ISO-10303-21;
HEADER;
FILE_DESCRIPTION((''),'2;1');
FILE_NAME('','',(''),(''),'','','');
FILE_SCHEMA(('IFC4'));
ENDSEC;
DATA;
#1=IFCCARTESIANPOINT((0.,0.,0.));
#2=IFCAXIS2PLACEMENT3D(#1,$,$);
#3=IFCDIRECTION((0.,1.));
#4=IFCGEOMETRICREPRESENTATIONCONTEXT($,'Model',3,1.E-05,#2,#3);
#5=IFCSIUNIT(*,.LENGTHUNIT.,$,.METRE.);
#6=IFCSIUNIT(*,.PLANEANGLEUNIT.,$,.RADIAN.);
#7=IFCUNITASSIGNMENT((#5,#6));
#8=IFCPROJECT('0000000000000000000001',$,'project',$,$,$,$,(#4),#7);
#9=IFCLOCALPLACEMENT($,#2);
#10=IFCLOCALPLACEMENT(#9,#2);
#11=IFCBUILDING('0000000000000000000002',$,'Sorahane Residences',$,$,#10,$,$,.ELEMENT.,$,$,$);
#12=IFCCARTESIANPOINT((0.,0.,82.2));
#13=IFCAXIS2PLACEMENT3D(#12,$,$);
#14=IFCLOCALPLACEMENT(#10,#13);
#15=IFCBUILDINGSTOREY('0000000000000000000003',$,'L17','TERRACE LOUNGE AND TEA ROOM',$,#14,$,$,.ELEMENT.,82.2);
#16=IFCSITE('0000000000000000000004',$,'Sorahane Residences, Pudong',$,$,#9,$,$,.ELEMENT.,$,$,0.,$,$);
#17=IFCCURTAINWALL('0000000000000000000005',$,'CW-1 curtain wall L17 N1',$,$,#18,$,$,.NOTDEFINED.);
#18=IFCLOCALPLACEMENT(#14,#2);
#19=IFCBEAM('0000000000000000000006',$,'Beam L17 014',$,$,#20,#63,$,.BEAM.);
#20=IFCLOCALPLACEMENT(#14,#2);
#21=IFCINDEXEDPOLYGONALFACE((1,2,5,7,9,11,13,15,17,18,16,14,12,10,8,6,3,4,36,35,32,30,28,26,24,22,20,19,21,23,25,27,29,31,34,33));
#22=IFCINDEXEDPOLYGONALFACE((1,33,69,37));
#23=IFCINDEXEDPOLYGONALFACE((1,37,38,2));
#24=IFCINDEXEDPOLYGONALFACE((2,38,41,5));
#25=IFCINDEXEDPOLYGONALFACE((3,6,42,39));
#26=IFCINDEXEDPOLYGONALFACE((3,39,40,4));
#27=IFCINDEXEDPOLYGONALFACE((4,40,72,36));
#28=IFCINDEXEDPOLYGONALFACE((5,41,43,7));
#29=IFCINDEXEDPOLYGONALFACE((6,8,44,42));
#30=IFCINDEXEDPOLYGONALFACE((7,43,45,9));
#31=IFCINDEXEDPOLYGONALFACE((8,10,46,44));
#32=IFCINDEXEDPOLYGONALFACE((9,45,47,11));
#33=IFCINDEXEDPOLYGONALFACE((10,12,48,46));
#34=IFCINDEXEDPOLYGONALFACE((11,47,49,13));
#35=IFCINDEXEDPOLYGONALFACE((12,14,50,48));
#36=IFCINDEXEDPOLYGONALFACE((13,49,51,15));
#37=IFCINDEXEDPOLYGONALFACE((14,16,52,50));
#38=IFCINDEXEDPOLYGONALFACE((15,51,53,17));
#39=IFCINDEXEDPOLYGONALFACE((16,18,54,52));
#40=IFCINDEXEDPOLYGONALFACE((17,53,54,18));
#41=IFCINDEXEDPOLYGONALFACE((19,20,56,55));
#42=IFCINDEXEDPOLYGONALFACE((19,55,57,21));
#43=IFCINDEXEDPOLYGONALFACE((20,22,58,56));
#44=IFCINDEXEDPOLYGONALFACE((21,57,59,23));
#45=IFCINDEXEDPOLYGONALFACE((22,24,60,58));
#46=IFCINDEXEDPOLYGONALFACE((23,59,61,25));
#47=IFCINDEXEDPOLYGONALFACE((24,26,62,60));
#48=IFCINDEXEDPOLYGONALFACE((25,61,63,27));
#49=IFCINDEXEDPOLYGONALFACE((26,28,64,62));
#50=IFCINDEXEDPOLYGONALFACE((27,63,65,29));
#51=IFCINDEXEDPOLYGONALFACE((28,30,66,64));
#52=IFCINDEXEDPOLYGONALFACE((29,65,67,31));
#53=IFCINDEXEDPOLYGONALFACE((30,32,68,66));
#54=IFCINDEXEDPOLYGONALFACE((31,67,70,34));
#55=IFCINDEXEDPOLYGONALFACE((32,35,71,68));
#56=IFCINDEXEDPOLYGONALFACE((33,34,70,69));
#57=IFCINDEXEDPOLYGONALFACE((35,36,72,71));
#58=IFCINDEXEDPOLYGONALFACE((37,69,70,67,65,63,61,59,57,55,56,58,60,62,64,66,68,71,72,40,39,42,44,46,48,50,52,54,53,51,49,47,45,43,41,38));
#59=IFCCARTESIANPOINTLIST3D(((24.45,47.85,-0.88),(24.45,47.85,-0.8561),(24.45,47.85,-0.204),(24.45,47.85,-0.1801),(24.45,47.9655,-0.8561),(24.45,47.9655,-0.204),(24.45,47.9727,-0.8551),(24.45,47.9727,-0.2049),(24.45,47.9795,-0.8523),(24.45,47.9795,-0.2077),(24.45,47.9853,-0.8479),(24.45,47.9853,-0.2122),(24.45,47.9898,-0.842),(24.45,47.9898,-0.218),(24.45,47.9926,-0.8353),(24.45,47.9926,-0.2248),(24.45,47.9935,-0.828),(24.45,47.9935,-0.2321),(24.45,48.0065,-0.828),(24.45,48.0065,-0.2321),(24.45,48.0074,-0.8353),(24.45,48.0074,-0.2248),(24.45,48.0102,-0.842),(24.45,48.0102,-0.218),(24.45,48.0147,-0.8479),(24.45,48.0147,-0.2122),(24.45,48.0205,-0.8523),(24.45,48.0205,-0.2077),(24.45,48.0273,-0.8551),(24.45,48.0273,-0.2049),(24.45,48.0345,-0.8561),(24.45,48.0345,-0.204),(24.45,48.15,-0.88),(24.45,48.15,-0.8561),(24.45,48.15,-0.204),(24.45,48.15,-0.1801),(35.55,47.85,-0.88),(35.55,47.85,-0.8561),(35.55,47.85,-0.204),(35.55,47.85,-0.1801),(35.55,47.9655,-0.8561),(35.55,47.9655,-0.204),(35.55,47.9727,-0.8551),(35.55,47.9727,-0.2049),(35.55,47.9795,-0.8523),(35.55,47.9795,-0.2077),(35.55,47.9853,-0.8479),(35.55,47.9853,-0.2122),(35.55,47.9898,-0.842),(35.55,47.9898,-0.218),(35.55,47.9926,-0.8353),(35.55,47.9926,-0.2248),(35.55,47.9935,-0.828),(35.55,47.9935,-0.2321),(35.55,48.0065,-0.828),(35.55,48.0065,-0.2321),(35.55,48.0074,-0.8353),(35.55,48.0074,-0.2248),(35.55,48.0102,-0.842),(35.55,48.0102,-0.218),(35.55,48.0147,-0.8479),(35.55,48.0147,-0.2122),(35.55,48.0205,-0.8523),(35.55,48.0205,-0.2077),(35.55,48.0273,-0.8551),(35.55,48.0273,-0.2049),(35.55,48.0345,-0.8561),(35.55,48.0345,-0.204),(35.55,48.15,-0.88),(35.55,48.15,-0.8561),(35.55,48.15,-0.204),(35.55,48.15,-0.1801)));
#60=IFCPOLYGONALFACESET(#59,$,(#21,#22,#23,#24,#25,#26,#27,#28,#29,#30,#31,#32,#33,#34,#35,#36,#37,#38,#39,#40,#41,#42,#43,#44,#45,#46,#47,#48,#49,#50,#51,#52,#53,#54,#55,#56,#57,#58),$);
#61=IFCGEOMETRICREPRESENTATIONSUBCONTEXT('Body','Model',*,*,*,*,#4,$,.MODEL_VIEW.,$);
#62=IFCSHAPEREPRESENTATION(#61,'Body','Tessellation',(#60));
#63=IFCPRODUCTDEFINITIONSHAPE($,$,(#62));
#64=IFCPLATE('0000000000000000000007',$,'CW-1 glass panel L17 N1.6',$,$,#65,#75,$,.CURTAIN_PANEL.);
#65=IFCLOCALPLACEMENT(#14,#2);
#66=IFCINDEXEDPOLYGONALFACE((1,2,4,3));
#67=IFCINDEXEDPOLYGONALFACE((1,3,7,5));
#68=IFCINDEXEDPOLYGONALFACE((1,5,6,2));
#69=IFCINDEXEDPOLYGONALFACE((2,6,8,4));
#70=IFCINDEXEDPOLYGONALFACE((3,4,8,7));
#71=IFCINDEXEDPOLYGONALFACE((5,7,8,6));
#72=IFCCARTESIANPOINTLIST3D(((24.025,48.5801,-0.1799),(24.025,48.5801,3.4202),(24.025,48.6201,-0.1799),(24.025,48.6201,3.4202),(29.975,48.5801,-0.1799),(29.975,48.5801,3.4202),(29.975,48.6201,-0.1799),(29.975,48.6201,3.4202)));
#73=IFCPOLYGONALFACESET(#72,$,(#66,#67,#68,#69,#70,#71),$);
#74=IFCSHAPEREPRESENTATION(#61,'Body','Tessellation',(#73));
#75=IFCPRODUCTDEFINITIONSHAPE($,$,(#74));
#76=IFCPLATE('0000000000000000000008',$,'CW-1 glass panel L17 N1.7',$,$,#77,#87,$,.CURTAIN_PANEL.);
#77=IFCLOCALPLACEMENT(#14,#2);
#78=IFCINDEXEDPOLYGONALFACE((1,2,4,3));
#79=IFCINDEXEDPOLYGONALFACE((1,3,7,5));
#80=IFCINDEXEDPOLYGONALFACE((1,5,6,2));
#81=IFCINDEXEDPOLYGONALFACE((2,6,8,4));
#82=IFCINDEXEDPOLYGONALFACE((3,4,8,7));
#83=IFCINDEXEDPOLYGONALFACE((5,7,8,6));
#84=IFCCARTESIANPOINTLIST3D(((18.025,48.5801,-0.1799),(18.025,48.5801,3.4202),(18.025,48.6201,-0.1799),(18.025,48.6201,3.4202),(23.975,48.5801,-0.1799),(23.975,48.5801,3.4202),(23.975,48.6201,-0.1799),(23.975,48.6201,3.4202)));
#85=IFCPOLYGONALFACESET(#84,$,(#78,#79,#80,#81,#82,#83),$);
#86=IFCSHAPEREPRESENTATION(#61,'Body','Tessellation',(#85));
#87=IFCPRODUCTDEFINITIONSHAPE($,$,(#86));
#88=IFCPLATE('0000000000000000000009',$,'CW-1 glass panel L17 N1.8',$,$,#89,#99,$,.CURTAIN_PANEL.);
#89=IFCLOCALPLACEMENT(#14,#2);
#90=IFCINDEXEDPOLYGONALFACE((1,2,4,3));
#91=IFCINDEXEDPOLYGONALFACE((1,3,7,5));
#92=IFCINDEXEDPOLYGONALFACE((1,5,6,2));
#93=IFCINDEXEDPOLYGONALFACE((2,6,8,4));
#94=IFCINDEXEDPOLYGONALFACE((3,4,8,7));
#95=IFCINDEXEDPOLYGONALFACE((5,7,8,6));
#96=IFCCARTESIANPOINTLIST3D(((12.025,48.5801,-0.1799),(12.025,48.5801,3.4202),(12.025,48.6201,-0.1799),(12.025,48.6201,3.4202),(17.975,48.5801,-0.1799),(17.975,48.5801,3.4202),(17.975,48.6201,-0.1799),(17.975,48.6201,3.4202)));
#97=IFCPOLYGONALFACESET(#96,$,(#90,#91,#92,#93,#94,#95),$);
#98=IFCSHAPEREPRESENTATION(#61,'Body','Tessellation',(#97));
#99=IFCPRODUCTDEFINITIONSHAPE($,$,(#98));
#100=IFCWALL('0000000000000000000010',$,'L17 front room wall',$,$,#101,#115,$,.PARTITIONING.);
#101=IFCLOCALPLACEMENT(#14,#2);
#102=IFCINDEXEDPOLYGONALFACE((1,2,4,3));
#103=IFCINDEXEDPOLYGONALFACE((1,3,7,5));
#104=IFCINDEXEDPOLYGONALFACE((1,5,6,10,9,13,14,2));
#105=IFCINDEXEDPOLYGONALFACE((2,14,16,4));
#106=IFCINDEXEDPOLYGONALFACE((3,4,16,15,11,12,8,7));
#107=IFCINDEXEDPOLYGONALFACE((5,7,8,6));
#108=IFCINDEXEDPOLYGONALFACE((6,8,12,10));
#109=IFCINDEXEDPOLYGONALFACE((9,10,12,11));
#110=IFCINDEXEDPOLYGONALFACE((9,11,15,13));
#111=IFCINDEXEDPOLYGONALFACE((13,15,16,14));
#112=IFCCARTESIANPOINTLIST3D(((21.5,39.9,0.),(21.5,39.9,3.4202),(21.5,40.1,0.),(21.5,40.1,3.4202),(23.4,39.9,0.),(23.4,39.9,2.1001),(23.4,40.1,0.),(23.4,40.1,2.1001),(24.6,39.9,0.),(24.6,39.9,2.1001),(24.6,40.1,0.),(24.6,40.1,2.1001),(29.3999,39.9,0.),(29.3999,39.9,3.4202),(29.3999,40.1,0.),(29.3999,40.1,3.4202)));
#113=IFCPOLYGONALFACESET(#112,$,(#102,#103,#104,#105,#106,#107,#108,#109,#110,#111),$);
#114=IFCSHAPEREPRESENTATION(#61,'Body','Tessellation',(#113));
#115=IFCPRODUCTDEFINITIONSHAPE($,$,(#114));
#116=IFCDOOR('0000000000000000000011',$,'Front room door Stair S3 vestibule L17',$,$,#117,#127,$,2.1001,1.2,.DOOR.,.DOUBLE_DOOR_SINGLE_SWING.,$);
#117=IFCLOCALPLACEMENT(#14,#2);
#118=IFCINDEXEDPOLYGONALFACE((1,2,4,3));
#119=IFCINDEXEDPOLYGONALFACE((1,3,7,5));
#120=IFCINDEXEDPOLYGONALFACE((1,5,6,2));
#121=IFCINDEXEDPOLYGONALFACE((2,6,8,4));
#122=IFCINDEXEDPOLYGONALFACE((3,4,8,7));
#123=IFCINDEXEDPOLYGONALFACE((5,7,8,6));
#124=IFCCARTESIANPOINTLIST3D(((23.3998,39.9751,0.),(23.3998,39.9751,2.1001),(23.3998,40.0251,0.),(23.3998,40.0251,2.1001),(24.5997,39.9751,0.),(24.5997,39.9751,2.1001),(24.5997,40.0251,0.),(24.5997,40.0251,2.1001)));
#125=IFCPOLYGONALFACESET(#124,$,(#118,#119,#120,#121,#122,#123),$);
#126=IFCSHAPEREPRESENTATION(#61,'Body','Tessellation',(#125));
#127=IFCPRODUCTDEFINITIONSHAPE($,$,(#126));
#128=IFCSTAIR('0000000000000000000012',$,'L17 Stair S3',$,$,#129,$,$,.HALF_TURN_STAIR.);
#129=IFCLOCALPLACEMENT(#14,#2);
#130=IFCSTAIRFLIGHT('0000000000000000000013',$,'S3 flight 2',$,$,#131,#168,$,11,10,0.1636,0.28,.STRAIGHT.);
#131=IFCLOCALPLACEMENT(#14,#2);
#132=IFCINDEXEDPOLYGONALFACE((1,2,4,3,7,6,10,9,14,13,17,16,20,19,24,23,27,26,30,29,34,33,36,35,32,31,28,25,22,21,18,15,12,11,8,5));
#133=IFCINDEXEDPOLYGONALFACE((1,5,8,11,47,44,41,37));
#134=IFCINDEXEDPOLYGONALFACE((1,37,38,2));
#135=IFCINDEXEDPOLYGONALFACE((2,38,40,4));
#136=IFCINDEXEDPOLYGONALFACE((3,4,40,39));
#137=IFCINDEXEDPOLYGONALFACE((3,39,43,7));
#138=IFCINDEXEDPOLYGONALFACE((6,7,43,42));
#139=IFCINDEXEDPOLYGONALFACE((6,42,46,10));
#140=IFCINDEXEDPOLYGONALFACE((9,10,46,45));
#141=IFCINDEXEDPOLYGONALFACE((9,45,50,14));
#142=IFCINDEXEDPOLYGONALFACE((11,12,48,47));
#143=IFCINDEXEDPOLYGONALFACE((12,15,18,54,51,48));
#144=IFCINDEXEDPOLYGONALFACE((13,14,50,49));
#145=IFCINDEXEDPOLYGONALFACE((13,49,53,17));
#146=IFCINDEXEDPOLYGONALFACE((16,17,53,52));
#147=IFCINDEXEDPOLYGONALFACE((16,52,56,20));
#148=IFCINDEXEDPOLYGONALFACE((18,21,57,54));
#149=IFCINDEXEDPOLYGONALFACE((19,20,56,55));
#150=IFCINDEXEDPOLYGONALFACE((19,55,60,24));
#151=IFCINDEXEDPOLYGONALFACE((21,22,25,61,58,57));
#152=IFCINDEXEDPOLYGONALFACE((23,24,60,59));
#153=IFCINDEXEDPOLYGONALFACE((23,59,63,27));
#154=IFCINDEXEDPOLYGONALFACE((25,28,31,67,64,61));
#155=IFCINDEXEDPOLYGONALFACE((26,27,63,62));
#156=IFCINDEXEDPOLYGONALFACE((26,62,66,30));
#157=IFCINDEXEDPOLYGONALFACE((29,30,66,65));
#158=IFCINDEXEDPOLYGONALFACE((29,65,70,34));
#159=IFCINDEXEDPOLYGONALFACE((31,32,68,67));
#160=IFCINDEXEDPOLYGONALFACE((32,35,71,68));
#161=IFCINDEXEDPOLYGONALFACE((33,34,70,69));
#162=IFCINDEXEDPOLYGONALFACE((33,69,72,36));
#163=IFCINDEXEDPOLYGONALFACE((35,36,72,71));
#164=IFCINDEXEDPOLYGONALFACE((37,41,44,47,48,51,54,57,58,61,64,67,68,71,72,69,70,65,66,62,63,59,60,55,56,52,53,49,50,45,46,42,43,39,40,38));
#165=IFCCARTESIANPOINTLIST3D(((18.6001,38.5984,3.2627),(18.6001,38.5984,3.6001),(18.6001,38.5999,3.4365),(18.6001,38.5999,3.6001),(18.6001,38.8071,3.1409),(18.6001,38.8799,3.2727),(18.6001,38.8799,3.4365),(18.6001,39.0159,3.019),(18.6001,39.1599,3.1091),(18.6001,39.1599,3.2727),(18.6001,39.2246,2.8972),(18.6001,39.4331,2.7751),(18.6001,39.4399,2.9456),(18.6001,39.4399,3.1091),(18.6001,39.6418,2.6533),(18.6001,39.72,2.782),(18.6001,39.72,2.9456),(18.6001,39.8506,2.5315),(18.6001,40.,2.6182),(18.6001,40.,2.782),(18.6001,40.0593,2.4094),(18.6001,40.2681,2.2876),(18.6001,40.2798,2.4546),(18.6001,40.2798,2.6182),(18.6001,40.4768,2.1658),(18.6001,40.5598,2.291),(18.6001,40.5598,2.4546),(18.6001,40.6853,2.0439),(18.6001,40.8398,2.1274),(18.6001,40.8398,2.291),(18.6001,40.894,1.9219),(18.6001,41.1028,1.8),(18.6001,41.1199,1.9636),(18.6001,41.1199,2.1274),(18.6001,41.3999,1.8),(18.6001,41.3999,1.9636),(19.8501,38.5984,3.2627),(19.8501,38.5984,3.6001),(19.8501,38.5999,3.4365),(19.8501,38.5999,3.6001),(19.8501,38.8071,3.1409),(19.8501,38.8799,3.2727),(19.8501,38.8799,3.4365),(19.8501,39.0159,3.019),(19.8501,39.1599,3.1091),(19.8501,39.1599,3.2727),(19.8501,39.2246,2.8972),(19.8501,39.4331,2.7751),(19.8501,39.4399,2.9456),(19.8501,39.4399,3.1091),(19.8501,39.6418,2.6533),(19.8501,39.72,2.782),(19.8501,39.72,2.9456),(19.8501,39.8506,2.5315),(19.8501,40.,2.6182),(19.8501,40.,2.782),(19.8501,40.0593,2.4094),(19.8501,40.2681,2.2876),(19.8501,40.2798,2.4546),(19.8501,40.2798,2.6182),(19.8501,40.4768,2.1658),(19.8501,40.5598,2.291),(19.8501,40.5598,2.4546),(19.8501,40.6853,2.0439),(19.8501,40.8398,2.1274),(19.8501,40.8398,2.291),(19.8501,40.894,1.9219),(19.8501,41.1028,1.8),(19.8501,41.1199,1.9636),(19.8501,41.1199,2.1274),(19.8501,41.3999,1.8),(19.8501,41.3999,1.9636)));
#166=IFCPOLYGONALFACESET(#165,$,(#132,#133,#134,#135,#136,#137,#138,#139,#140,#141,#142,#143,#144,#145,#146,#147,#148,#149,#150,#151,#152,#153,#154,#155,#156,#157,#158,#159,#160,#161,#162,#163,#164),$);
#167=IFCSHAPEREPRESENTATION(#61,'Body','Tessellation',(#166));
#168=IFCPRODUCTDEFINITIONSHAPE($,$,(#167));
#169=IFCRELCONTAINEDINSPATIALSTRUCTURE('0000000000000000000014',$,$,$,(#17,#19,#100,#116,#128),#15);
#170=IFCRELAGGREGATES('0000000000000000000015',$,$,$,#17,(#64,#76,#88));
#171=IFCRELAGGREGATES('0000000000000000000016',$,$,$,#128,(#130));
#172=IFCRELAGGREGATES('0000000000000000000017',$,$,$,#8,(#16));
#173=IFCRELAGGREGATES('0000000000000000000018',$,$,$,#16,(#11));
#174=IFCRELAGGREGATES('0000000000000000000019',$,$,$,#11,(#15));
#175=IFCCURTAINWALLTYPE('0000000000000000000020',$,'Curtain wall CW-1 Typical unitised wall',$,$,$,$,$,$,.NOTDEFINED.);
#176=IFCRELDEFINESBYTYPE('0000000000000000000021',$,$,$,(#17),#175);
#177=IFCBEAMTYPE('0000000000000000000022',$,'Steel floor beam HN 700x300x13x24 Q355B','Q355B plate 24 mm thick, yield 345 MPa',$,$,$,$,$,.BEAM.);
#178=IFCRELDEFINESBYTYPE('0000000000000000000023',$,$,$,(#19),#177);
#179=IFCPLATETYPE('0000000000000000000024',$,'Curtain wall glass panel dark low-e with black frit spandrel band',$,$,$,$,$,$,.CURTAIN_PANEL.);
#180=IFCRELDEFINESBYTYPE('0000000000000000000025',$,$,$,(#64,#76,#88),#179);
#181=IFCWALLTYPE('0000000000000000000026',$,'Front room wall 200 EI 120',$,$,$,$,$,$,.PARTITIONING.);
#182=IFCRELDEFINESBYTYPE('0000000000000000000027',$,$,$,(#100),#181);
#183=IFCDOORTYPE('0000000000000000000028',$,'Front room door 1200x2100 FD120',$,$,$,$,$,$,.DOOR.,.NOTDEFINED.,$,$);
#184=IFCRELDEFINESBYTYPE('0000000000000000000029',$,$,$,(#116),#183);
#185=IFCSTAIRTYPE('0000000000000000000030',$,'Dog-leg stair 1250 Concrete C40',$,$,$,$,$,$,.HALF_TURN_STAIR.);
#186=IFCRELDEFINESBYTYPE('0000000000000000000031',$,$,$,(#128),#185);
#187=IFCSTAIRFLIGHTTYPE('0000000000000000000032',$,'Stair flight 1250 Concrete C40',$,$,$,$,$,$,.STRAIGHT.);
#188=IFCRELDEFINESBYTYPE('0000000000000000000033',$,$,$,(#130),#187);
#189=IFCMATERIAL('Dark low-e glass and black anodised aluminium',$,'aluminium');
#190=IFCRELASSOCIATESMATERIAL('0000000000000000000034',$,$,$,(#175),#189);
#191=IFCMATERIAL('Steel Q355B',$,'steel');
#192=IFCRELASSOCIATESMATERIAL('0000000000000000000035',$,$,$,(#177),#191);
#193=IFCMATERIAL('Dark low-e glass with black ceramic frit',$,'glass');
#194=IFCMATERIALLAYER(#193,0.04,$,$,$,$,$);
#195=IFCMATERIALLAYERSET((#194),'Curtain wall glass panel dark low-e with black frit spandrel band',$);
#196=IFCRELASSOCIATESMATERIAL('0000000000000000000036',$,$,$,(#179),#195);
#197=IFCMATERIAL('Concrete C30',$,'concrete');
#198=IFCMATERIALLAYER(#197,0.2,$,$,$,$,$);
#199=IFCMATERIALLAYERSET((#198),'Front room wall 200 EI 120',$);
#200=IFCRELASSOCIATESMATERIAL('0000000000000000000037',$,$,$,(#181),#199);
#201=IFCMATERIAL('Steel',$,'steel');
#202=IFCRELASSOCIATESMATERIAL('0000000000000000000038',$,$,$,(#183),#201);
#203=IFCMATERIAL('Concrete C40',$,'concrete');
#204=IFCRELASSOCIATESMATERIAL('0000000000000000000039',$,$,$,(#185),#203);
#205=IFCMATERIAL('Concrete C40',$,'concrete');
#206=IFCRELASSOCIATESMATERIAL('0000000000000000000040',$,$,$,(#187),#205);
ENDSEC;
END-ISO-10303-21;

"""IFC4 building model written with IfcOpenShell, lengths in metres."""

from ifc_helpers import new_model, si_unit, direction, frame, frame_2d, origin, origin_2d, place, context, subcontext, project, spatial, polyline, rectangle, i_section, outline, extrude, material, layer, layer_set, material_profile, profile_set, type_object, element, fill, aggregate, save


model = new_model("IFC4")

# Units and contexts
model_context = context("Model", 3, precision=1e-05, world=origin(), true_north=direction((0.0, 1.0)))
body_context = subcontext(model_context, "Body", "Model", "MODEL_VIEW")
ifc_project = project(units=[si_unit("LENGTHUNIT", "METRE"), si_unit("PLANEANGLEUNIT", "RADIAN")], contexts=[model_context])

# Site, building, storey
site_placement = place(None, origin())
site = spatial("IfcSite", under=ifc_project, at=site_placement, Name="Sorahane Residences, Pudong", CompositionType="ELEMENT", RefElevation=0.0)
building_placement = place(site_placement, origin())
building = spatial("IfcBuilding", under=site, at=building_placement, Name="Sorahane Residences", CompositionType="ELEMENT")
storey_placement = place(building_placement, frame((0.0, 0.0, 82.2)))
storey = spatial("IfcBuildingStorey", under=building, at=storey_placement, Name="L17", Description="TERRACE LOUNGE AND TEA ROOM", CompositionType="ELEMENT", Elevation=82.2)

# Curtain wall
ifc_material_1 = material(Name="Dark low-e glass and black anodised aluminium", Category="aluminium")
curtain_wall_type = type_object("IfcCurtainWallType", Name="Curtain wall CW-1 Typical unitised wall", PredefinedType="NOTDEFINED", material=ifc_material_1)
curtain_wall_placement = place(storey_placement, origin())
curtain_wall = element("IfcCurtainWall", 1, at=curtain_wall_placement, inside=storey, type_object=curtain_wall_type, Name="CW-1 curtain wall L17 N1", PredefinedType="NOTDEFINED")

# Beam
ifc_material_2 = material(Name="Steel Q355B", Category="steel")
ifc_material_profile_1 = material_profile(ifc_material_2, i_section(OverallWidth=0.3, OverallDepth=0.7, WebThickness=0.0129, FlangeThickness=0.0239, FilletRadius=0.0281, at=origin_2d()), Name="HN 700x300x13x24")
ifc_profile_set_1 = profile_set([ifc_material_profile_1], Name="Steel Q355B")
beam_type_1 = type_object("IfcBeamType", Name="Steel floor beam HN 700x300x13x24 Q355B", Description="Q355B plate 24 mm thick, yield 345 MPa", PredefinedType="BEAM", material=ifc_profile_set_1)
beam_1_placement = place(storey_placement, frame((24.45, 48.0, -0.53), z_axis=(1.0, 0.0, 0.0), x_axis=(0.0, 1.0, 0.0)))
element("IfcBeam", 2, at=beam_1_placement, inside=storey, type_object=beam_type_1, Name="Beam L17 014", PredefinedType="BEAM", context=body_context, shape_type="SweptSolid", body=[
    extrude(i_section(OverallWidth=0.3, OverallDepth=0.7, WebThickness=0.0129, FlangeThickness=0.0239, FilletRadius=0.0281, at=origin_2d()), origin(), (0.0, 0.0, 1.0), 11.1001),
])

# Plates
ifc_material_3 = material(Name="Dark low-e glass with black ceramic frit", Category="glass")
ifc_layer_1 = layer(ifc_material_3, 0.04)
ifc_layer_set_1 = layer_set([ifc_layer_1], Name="Curtain wall glass panel dark low-e with black frit spandrel band")
plate_type = type_object("IfcPlateType", Name="Curtain wall glass panel dark low-e with black frit spandrel band", PredefinedType="CURTAIN_PANEL", material=ifc_layer_set_1)
plate_1_placement = place(storey_placement, frame((27.0, 48.6001, -0.1799), z_axis=(0.0, 0.0, 1.0), x_axis=(-1.0, 0.0, 0.0)))
plate_1 = element("IfcPlate", 3, at=plate_1_placement, type_object=plate_type, Name="CW-1 glass panel L17 N1.6", PredefinedType="CURTAIN_PANEL", context=body_context, shape_type="SweptSolid", body=[
    extrude(rectangle(XDim=5.95, YDim=0.04, at=origin_2d()), origin(), (0.0, 0.0, 1.0), 3.6001),
])
plate_2_placement = place(storey_placement, frame((21.0, 48.6001, -0.1799), z_axis=(0.0, 0.0, 1.0), x_axis=(-1.0, 0.0, 0.0)))
plate_2 = element("IfcPlate", 4, at=plate_2_placement, type_object=plate_type, Name="CW-1 glass panel L17 N1.7", PredefinedType="CURTAIN_PANEL", context=body_context, shape_type="SweptSolid", body=[
    extrude(rectangle(XDim=5.95, YDim=0.04, at=origin_2d()), origin(), (0.0, 0.0, 1.0), 3.6001),
])
plate_3_placement = place(storey_placement, frame((15.0, 48.6001, -0.1799), z_axis=(0.0, 0.0, 1.0), x_axis=(-1.0, 0.0, 0.0)))
plate_3 = element("IfcPlate", 5, at=plate_3_placement, type_object=plate_type, Name="CW-1 glass panel L17 N1.8", PredefinedType="CURTAIN_PANEL", context=body_context, shape_type="SweptSolid", body=[
    extrude(rectangle(XDim=5.95, YDim=0.04, at=origin_2d()), origin(), (0.0, 0.0, 1.0), 3.6001),
])
aggregate(curtain_wall, [plate_1, plate_2, plate_3])

# Wall, opening, door
ifc_material_4 = material(Name="Concrete C30", Category="concrete")
ifc_layer_2 = layer(ifc_material_4, 0.2)
ifc_layer_set_2 = layer_set([ifc_layer_2], Name="Front room wall 200 EI 120")
wall_type = type_object("IfcWallType", Name="Front room wall 200 EI 120", PredefinedType="PARTITIONING", material=ifc_layer_set_2)
wall_placement = place(storey_placement, frame((21.5, 40.0, 0.0), z_axis=(0.0, 0.0, 1.0), x_axis=(1.0, 0.0, 0.0)))
wall = element("IfcWall", 6, at=wall_placement, inside=storey, type_object=wall_type, Name="L17 front room wall", PredefinedType="PARTITIONING", context=body_context, shape_type="SweptSolid", body=[
    extrude(rectangle(XDim=7.8999, YDim=0.2, at=frame_2d((3.95, 0.0))), origin(), (0.0, 0.0, 1.0), 3.4202),
])
opening_placement = place(wall_placement, frame((1.8999, 0.0, 0.0)))
opening = element("IfcOpeningElement", 7, at=opening_placement, cuts=wall, PredefinedType="OPENING", context=body_context, shape_type="SweptSolid", body=[
    extrude(rectangle(XDim=1.2, YDim=2.1001, at=frame_2d((0.6001, 1.05))), frame((0.0, 0.1099, 0.0), z_axis=(0.0, -1.0, 0.0), x_axis=(1.0, 0.0, 0.0)), (0.0, 0.0, 1.0), 0.22),
])
ifc_material_5 = material(Name="Steel", Category="steel")
door_type = type_object("IfcDoorType", Name="Front room door 1200x2100 FD120", OperationType="NOTDEFINED", PredefinedType="DOOR", material=ifc_material_5)
door_placement = place(opening_placement, frame((1.2, 0.0, 0.0), z_axis=(0.0, 0.0, 1.0), x_axis=(-1.0, 0.0, 0.0)))
door = element("IfcDoor", 8, at=door_placement, inside=storey, type_object=door_type, Name="Front room door Stair S3 vestibule L17", OperationType="DOUBLE_DOOR_SINGLE_SWING", OverallHeight=2.1001, OverallWidth=1.2, PredefinedType="DOOR", context=body_context, shape_type="SweptSolid", body=[
    extrude(rectangle(XDim=1.2, YDim=2.1001, at=frame_2d((0.6001, 1.05))), frame((0.0, 0.0249, 0.0), z_axis=(0.0, -1.0, 0.0), x_axis=(1.0, 0.0, 0.0)), (0.0, 0.0, 1.0), 0.05),
])
fill(opening, door)

# Stair, stair flight
ifc_material_6 = material(Name="Concrete C40", Category="concrete")
stair_type = type_object("IfcStairType", Name="Dog-leg stair 1250 Concrete C40", PredefinedType="HALF_TURN_STAIR", material=ifc_material_6)
stair_placement = place(storey_placement, origin())
stair = element("IfcStair", 9, at=stair_placement, inside=storey, type_object=stair_type, Name="L17 Stair S3", PredefinedType="HALF_TURN_STAIR")
ifc_material_7 = material(Name="Concrete C40", Category="concrete")
stair_flight_type = type_object("IfcStairFlightType", Name="Stair flight 1250 Concrete C40", PredefinedType="STRAIGHT", material=ifc_material_7)
stair_flight_placement = place(storey_placement, frame((19.2251, 41.3999, 1.8), z_axis=(0.0, 0.0, 1.0), x_axis=(0.0, -1.0, 0.0)))
stair_flight = element("IfcStairFlight", 10, at=stair_flight_placement, type_object=stair_flight_type, Name="S3 flight 2", NumberOfRisers=11, NumberOfTreads=10, PredefinedType="STRAIGHT", RiserHeight=0.1636, TreadLength=0.28, context=body_context, shape_type="SweptSolid", body=[
    extrude(outline(polyline([(0.0, 0.0), (0.0, 0.1636), (0.28, 0.1636), (0.28, 0.3274), (0.5601, 0.3274), (0.5601, 0.491), (0.8401, 0.491), (0.8401, 0.6545), (1.1201, 0.6545), (1.1201, 0.8181), (1.3999, 0.8181), (1.3999, 0.9819), (1.6799, 0.9819), (1.6799, 1.1455), (1.96, 1.1455), (1.96, 1.3091), (2.24, 1.3091), (2.24, 1.4727), (2.52, 1.4727), (2.52, 1.6365), (2.8, 1.6365), (2.8, 1.8), (2.8015, 1.8), (2.8015, 1.4626), (2.5928, 1.3408), (2.384, 1.219), (2.1753, 1.0972), (1.9668, 0.9751), (1.7581, 0.8533), (1.5493, 0.7314), (1.3406, 0.6094), (1.1318, 0.4875), (0.9231, 0.3657), (0.7146, 0.2439), (0.5059, 0.1218), (0.2971, 0.0), (0.0, 0.0)])), frame((0.0, 0.625, 0.0), z_axis=(0.0, -1.0, 0.0), x_axis=(1.0, 0.0, 0.0)), (0.0, 0.0, 1.0), 1.25),
])
aggregate(stair, [stair_flight])

save(model, "model.ifc")
